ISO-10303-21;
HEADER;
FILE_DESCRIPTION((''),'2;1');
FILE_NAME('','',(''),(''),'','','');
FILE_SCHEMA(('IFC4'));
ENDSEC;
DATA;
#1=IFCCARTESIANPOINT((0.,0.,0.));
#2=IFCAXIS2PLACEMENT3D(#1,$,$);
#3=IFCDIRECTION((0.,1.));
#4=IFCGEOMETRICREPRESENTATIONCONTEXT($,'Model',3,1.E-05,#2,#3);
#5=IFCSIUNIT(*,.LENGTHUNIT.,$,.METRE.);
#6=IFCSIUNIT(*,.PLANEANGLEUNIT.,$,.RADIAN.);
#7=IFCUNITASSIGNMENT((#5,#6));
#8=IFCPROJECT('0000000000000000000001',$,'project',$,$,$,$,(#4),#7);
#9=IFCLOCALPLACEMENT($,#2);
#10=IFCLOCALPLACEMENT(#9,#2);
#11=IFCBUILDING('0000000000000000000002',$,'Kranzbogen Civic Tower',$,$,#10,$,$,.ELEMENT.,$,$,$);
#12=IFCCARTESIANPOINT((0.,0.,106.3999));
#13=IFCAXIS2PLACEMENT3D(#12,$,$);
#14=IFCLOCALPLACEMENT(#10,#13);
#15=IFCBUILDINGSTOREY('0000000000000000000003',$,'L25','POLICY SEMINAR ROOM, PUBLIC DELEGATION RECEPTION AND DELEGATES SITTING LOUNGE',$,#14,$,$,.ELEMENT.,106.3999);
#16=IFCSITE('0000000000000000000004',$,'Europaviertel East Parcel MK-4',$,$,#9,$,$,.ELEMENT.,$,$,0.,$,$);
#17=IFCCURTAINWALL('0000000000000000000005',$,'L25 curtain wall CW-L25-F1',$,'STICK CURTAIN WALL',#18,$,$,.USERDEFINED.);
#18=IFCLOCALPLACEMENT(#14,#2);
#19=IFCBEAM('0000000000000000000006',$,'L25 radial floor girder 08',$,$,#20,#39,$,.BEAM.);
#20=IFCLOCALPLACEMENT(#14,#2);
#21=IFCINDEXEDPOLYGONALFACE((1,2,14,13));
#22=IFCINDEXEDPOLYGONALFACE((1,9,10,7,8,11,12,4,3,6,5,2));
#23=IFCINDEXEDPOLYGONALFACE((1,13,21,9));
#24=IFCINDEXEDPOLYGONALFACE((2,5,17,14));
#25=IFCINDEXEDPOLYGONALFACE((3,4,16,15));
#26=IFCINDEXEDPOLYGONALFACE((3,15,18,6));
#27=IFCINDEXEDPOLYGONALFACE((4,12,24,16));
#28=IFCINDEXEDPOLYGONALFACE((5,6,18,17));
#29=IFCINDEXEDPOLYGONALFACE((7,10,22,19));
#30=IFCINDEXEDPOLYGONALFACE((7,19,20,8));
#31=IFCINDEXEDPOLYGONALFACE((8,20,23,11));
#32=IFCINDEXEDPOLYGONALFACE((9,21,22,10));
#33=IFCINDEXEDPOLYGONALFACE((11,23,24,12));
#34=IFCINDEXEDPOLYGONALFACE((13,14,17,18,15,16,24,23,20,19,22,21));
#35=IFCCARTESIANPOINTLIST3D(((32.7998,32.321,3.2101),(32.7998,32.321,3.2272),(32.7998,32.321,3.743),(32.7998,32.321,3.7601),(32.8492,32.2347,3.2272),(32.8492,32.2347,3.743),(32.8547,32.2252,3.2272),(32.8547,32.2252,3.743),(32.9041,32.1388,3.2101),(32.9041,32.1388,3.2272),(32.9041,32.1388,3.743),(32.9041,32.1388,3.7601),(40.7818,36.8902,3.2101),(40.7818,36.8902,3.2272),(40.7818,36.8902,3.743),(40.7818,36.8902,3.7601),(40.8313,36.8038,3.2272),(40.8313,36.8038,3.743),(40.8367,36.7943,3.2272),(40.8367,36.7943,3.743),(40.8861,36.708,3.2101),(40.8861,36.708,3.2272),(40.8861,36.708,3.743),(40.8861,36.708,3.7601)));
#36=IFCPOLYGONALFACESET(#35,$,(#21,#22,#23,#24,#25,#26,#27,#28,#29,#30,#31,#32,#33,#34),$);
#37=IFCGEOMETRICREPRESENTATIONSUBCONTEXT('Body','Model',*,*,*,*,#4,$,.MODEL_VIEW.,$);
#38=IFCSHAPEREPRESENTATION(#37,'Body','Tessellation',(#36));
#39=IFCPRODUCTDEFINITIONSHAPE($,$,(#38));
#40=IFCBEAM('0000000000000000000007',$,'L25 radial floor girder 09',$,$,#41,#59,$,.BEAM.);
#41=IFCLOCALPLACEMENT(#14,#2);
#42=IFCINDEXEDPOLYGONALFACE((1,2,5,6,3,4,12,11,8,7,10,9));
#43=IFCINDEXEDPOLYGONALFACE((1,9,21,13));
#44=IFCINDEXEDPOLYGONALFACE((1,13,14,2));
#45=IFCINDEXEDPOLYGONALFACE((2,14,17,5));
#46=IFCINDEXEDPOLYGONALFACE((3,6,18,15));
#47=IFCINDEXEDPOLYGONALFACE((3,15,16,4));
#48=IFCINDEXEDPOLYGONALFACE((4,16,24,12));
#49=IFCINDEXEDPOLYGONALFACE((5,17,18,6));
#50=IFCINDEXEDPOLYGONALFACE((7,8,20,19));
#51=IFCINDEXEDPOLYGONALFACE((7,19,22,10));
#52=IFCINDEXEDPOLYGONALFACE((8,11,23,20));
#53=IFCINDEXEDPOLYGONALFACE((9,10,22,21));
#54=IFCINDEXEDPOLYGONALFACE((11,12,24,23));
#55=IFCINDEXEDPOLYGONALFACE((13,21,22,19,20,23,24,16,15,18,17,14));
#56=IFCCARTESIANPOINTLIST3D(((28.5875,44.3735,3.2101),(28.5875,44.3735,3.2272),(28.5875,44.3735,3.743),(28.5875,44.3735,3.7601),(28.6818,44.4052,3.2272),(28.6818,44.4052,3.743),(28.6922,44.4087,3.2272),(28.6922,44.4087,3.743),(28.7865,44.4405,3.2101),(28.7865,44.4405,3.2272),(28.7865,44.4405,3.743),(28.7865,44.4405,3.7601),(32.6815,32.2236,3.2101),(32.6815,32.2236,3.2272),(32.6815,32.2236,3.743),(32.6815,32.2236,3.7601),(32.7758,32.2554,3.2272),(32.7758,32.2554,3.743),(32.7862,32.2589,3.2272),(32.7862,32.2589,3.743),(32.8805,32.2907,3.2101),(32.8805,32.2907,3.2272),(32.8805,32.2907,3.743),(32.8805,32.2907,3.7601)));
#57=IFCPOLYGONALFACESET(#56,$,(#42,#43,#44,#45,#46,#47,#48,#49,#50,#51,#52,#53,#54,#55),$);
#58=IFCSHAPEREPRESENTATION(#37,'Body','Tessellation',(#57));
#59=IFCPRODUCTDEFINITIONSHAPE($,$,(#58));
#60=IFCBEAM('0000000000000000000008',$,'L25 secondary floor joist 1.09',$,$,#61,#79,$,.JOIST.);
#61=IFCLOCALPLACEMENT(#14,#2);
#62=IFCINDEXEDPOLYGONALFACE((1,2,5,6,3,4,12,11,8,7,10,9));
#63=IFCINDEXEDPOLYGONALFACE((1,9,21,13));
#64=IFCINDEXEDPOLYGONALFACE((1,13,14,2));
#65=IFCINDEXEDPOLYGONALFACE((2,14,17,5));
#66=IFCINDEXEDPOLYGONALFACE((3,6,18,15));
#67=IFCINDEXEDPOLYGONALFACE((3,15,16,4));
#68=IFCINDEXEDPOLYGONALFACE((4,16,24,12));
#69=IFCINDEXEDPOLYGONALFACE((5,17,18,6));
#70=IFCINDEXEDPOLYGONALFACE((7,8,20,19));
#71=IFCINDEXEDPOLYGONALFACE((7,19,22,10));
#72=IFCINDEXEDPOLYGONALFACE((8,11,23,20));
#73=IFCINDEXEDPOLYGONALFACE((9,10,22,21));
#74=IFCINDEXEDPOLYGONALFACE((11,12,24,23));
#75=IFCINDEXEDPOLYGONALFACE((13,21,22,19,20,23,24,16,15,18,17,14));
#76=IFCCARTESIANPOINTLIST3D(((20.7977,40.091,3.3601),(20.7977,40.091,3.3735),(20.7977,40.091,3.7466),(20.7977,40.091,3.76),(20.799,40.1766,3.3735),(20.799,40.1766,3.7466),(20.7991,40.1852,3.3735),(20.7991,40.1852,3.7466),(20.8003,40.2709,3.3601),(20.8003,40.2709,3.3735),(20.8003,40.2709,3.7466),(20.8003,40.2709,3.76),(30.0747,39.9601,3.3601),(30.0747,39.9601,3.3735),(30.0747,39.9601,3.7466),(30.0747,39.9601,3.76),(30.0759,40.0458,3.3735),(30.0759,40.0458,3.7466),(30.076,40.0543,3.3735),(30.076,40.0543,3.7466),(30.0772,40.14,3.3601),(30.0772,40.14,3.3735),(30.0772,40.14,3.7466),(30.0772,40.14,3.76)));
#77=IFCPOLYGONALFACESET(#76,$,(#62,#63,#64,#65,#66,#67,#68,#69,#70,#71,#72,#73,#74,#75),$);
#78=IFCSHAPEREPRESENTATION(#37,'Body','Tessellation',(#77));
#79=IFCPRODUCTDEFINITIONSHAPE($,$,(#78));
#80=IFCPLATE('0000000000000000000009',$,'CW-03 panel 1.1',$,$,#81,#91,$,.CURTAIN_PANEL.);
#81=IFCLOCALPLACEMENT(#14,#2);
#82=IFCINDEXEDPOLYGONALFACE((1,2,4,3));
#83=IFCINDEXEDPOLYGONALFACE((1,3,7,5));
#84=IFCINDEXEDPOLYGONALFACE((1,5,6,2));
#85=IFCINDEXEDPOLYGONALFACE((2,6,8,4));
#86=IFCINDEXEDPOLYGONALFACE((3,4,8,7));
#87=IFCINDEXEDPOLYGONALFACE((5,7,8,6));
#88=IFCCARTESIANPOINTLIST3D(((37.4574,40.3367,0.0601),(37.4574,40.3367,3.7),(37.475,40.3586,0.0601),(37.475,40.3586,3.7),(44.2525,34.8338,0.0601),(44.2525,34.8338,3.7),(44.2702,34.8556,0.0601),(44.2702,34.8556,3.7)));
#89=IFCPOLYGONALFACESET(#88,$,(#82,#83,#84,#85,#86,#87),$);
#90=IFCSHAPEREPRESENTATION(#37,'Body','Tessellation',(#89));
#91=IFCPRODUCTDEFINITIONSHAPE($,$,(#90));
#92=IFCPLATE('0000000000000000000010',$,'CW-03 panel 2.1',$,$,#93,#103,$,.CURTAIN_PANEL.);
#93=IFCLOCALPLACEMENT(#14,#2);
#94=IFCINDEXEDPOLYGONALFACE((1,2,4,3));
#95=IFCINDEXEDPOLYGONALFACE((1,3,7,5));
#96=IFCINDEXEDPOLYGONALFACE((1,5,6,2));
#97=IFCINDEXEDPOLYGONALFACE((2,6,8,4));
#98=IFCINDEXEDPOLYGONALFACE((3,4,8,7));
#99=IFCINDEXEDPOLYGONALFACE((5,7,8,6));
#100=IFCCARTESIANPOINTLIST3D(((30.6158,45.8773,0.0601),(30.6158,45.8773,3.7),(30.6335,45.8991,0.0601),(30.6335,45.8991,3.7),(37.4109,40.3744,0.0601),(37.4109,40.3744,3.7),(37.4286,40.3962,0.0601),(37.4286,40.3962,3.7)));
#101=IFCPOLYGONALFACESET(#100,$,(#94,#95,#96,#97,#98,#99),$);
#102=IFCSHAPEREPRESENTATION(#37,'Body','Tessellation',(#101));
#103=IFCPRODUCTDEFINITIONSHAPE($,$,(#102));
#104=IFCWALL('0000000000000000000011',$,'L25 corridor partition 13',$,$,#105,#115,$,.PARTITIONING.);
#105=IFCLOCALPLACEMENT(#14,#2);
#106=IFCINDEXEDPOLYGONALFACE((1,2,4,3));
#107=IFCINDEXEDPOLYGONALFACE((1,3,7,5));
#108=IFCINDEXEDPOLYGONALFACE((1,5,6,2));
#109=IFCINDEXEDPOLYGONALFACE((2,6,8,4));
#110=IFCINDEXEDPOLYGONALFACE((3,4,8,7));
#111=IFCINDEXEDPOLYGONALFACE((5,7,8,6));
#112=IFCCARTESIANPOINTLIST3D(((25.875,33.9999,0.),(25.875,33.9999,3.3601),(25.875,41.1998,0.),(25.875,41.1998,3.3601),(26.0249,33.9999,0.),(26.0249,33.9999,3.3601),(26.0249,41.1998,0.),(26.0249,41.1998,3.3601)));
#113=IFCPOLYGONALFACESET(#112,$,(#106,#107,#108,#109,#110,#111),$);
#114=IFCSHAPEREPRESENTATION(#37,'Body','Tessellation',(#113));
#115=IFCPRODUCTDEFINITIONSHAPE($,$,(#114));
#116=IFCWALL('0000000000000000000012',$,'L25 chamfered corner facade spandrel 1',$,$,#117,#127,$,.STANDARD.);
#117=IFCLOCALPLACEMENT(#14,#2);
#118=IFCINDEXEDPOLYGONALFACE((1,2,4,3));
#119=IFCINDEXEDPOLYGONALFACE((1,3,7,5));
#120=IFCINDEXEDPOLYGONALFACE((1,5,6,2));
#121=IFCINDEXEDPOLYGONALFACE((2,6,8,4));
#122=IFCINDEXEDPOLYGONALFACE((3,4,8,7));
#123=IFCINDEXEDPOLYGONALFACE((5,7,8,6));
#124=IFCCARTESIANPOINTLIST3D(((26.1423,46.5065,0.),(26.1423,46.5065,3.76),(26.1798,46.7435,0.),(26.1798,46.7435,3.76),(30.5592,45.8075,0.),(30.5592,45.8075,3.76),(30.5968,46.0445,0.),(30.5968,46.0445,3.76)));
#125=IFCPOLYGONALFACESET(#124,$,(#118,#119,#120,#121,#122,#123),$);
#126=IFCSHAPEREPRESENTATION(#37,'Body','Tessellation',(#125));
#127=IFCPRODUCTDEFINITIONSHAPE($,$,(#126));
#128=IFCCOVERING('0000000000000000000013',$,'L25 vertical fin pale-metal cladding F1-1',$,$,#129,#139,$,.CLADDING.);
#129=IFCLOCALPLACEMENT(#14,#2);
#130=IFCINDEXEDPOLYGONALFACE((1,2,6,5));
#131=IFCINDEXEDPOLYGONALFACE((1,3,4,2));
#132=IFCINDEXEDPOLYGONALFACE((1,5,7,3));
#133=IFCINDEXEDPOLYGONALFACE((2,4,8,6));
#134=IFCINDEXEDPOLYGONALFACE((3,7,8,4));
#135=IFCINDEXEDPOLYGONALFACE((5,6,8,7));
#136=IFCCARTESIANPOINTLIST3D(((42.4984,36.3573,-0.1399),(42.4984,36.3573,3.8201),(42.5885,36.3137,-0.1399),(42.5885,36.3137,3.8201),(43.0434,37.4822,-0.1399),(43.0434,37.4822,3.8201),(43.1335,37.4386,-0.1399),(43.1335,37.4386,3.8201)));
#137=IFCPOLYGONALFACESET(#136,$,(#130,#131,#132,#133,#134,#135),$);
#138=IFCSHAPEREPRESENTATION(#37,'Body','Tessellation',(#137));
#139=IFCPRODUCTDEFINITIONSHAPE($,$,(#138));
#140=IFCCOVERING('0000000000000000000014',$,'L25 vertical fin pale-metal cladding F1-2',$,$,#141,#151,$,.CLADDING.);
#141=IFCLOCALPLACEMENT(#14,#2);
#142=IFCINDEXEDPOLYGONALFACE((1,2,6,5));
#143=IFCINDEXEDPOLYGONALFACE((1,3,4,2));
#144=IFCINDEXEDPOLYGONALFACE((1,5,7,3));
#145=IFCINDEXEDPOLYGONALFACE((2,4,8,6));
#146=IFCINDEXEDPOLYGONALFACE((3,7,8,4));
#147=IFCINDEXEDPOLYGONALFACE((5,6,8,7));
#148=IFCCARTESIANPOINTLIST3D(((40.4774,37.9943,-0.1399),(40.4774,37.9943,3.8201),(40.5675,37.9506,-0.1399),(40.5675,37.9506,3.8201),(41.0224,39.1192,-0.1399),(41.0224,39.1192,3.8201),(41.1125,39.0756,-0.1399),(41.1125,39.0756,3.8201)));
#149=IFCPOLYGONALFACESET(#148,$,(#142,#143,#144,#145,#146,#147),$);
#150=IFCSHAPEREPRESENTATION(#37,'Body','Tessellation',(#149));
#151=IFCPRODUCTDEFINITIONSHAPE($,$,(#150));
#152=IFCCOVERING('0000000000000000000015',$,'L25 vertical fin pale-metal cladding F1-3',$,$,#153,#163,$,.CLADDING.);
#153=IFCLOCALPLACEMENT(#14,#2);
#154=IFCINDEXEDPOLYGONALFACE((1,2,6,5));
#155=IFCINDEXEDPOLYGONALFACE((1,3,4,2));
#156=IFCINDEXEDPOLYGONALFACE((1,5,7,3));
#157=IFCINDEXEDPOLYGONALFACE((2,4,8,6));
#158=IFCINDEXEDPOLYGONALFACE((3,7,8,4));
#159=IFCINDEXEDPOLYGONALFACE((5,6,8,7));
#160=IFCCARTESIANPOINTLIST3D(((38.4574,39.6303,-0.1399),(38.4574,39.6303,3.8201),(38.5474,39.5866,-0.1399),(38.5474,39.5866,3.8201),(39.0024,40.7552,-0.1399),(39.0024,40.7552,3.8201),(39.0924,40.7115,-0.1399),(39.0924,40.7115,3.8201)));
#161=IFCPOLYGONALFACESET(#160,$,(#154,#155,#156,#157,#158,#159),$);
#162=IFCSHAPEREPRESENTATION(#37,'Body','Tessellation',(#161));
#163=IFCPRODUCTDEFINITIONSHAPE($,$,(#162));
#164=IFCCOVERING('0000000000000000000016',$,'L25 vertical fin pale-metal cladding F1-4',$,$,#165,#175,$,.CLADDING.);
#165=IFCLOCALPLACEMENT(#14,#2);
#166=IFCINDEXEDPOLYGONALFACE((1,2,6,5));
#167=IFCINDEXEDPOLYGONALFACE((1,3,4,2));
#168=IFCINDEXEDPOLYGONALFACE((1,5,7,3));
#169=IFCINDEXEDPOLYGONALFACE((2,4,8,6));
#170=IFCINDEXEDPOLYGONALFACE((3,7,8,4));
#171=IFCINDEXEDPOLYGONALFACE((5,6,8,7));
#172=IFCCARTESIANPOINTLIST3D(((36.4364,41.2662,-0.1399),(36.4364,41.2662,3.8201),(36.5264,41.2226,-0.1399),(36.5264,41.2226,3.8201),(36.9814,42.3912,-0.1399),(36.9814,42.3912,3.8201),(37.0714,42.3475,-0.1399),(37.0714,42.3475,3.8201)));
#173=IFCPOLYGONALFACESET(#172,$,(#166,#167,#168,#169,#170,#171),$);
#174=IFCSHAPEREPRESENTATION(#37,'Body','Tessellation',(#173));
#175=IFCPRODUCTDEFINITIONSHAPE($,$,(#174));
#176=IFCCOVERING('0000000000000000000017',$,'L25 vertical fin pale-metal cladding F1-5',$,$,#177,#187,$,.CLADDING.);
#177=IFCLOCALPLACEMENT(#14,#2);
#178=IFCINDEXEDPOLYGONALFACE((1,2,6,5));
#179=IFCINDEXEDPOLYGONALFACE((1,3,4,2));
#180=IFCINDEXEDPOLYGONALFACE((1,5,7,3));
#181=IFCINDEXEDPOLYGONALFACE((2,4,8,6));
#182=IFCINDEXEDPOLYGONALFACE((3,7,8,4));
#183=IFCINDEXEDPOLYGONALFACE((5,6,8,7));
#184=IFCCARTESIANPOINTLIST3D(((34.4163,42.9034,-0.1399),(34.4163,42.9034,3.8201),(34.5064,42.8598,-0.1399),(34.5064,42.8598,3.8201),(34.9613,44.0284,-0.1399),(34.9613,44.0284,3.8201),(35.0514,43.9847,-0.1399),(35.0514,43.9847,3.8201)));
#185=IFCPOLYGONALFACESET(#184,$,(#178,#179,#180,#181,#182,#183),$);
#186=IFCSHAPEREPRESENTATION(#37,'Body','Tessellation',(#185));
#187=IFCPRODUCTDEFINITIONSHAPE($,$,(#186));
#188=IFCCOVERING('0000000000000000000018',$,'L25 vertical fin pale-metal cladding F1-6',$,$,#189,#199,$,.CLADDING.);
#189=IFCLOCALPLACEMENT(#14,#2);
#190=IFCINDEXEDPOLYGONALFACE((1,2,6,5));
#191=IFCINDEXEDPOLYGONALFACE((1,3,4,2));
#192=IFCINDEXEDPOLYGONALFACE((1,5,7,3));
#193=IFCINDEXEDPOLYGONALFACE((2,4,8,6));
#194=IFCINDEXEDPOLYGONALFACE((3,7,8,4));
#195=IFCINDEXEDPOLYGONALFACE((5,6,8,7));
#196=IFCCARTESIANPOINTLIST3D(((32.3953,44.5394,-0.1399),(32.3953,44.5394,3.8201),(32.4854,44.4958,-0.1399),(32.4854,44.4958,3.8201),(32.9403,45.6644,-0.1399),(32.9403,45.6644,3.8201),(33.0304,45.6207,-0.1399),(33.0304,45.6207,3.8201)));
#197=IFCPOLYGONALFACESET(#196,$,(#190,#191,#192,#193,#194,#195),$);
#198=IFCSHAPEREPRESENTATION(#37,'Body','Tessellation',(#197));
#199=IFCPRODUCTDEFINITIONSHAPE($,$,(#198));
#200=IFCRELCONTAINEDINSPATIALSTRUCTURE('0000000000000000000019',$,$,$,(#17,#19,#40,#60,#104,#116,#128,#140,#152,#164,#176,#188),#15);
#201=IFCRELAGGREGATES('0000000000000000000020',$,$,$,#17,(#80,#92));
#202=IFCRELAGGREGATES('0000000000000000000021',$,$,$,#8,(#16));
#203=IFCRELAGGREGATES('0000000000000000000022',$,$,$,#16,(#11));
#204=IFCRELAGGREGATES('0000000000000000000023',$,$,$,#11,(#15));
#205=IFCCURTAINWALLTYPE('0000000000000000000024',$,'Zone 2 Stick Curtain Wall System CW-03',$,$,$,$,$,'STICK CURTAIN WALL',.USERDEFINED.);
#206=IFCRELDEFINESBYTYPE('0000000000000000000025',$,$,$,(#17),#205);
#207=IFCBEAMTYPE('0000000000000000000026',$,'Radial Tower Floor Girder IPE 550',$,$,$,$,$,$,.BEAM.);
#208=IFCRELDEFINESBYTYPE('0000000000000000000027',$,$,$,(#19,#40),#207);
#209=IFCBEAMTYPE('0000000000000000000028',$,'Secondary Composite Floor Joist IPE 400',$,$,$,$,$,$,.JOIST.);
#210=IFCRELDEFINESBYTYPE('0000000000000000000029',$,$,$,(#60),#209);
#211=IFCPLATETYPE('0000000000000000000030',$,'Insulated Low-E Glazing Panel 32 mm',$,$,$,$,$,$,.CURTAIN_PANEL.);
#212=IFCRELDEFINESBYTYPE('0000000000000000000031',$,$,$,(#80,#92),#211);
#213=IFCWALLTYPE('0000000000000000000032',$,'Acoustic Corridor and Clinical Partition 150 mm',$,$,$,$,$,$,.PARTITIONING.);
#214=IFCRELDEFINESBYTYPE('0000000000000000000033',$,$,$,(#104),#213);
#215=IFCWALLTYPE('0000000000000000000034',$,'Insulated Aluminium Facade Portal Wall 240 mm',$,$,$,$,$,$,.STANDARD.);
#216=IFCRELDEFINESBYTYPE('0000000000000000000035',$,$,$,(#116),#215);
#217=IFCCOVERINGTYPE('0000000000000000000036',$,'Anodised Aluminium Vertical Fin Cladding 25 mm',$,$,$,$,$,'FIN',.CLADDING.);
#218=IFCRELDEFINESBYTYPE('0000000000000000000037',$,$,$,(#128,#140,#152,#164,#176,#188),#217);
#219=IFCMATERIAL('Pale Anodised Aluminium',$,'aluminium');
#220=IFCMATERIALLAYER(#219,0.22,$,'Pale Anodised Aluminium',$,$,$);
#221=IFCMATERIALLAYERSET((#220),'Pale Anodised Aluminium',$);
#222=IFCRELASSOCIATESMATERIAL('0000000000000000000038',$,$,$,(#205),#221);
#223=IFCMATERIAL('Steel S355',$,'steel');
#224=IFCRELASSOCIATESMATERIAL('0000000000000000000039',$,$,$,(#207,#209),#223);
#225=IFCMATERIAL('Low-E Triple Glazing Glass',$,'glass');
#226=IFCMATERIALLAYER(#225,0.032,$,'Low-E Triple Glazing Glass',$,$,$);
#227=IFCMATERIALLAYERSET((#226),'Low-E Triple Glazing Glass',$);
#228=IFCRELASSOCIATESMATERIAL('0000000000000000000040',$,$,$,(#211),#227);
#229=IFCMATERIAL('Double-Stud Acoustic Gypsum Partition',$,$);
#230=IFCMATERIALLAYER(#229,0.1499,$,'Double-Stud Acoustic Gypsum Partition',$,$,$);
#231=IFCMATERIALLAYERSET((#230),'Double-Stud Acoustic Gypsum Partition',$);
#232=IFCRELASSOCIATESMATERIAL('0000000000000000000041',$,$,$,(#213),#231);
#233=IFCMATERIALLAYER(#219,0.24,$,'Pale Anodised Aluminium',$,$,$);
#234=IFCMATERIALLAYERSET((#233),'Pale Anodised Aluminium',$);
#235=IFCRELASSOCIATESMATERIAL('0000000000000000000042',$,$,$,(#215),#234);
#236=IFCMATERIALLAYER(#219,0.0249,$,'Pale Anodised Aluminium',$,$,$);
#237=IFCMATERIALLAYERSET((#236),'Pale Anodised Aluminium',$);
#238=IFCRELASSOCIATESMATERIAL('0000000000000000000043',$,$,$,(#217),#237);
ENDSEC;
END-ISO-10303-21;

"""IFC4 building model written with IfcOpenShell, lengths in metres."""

from ifc_helpers import new_model, si_unit, direction, frame, frame_2d, origin, origin_2d, place, context, subcontext, project, spatial, rectangle, i_section, extrude, material, layer, layer_set, material_profile, profile_set, type_object, element, aggregate, save


model = new_model("IFC4")

# Units and contexts
model_context = context("Model", 3, precision=1e-05, world=origin(), true_north=direction((0.0, 1.0)))
body_context = subcontext(model_context, "Body", "Model", "MODEL_VIEW")
ifc_project = project(units=[si_unit("LENGTHUNIT", "METRE"), si_unit("PLANEANGLEUNIT", "RADIAN")], contexts=[model_context])

# Site, building, storey
site_placement = place(None, origin())
site = spatial("IfcSite", under=ifc_project, at=site_placement, Name="Europaviertel East Parcel MK-4", CompositionType="ELEMENT", RefElevation=0.0)
building_placement = place(site_placement, origin())
building = spatial("IfcBuilding", under=site, at=building_placement, Name="Kranzbogen Civic Tower", CompositionType="ELEMENT")
storey_placement = place(building_placement, frame((0.0, 0.0, 106.3999)))
storey = spatial("IfcBuildingStorey", under=building, at=storey_placement, Name="L25", Description="POLICY SEMINAR ROOM, PUBLIC DELEGATION RECEPTION AND DELEGATES SITTING LOUNGE", CompositionType="ELEMENT", Elevation=106.3999)

# Curtain wall
ifc_material_1 = material(Name="Pale Anodised Aluminium", Category="aluminium")
ifc_layer_1 = layer(ifc_material_1, 0.22, Name="Pale Anodised Aluminium")
ifc_layer_set_1 = layer_set([ifc_layer_1], Name="Pale Anodised Aluminium")
curtain_wall_type = type_object("IfcCurtainWallType", Name="Zone 2 Stick Curtain Wall System CW-03", ElementType="STICK CURTAIN WALL", PredefinedType="USERDEFINED", material=ifc_layer_set_1)
curtain_wall_1_placement = place(storey_placement, origin())
curtain_wall_1 = element("IfcCurtainWall", 1, at=curtain_wall_1_placement, inside=storey, type_object=curtain_wall_type, Name="L25 curtain wall CW-L25-F1", ObjectType="STICK CURTAIN WALL", PredefinedType="USERDEFINED")

# Beams
ifc_material_2 = material(Name="Steel S355", Category="steel")
ifc_material_profile_1 = material_profile(ifc_material_2, i_section(OverallWidth=0.21, OverallDepth=0.55, WebThickness=0.011, FlangeThickness=0.0171, at=origin_2d()), Name="IPE 550")
ifc_profile_set_1 = profile_set([ifc_material_profile_1], Name="Steel S355")
beam_type_1 = type_object("IfcBeamType", Name="Radial Tower Floor Girder IPE 550", PredefinedType="BEAM", material=ifc_profile_set_1)
beam_1_placement = place(storey_placement, frame((40.834, 36.7991, 3.4851), z_axis=(-0.867869, -0.496793, 0.0), x_axis=(0.496793, -0.867869, 0.0)))
element("IfcBeam", 2, at=beam_1_placement, inside=storey, type_object=beam_type_1, Name="L25 radial floor girder 08", PredefinedType="BEAM", context=body_context, shape_type="SweptSolid", body=[
    extrude(i_section(OverallWidth=0.21, OverallDepth=0.55, WebThickness=0.011, FlangeThickness=0.0171, at=origin_2d()), origin(), (0.0, 0.0, 1.0), 9.1973),
])
beam_2_placement = place(storey_placement, frame((28.687, 44.407, 3.4851), z_axis=(0.319317, -0.947648, 0.0), x_axis=(0.947648, 0.319317, 0.0)))
element("IfcBeam", 3, at=beam_2_placement, inside=storey, type_object=beam_type_1, Name="L25 radial floor girder 09", PredefinedType="BEAM", context=body_context, shape_type="SweptSolid", body=[
    extrude(i_section(OverallWidth=0.21, OverallDepth=0.55, WebThickness=0.011, FlangeThickness=0.0171, at=origin_2d()), origin(), (0.0, 0.0, 1.0), 12.821),
])
ifc_material_profile_2 = material_profile(ifc_material_2, i_section(OverallWidth=0.1799, OverallDepth=0.3999, WebThickness=0.0085, FlangeThickness=0.0134, at=origin_2d()), Name="IPE 400")
ifc_profile_set_2 = profile_set([ifc_material_profile_2], Name="Steel S355")
beam_type_2 = type_object("IfcBeamType", Name="Secondary Composite Floor Joist IPE 400", PredefinedType="JOIST", material=ifc_profile_set_2)
beam_3_placement = place(storey_placement, frame((30.0759, 40.05, 3.5601), z_axis=(-0.999901, 0.014105, 0.0), x_axis=(-0.014105, -0.999901, 0.0)))
element("IfcBeam", 4, at=beam_3_placement, inside=storey, type_object=beam_type_2, Name="L25 secondary floor joist 1.09", PredefinedType="JOIST", context=body_context, shape_type="SweptSolid", body=[
    extrude(i_section(OverallWidth=0.1799, OverallDepth=0.3999, WebThickness=0.0085, FlangeThickness=0.0134, at=origin_2d()), origin(), (0.0, 0.0, 1.0), 9.2778),
])

# Plates
ifc_material_3 = material(Name="Low-E Triple Glazing Glass", Category="glass")
ifc_layer_2 = layer(ifc_material_3, 0.032, Name="Low-E Triple Glazing Glass")
ifc_layer_set_2 = layer_set([ifc_layer_2], Name="Low-E Triple Glazing Glass")
plate_type = type_object("IfcPlateType", Name="Insulated Low-E Glazing Panel 32 mm", PredefinedType="CURTAIN_PANEL", material=ifc_layer_set_2)
plate_1_placement = place(storey_placement, frame((40.8638, 37.5962, 0.0601), z_axis=(0.0, 0.0, 1.0), x_axis=(-0.777128, 0.629343, 0.0)))
plate_1 = element("IfcPlate", 5, at=plate_1_placement, type_object=plate_type, Name="CW-03 panel 1.1", PredefinedType="CURTAIN_PANEL", context=body_context, shape_type="SweptSolid", body=[
    extrude(rectangle(XDim=8.7439, YDim=0.0281, at=origin_2d()), origin(), (0.0, 0.0, 1.0), 3.6399),
])
plate_2_placement = place(storey_placement, frame((34.0222, 43.1367, 0.0601), z_axis=(0.0, 0.0, 1.0), x_axis=(-0.777128, 0.629343, 0.0)))
plate_2 = element("IfcPlate", 6, at=plate_2_placement, type_object=plate_type, Name="CW-03 panel 2.1", PredefinedType="CURTAIN_PANEL", context=body_context, shape_type="SweptSolid", body=[
    extrude(rectangle(XDim=8.7439, YDim=0.0281, at=origin_2d()), origin(), (0.0, 0.0, 1.0), 3.6399),
])
aggregate(curtain_wall_1, [plate_1, plate_2])

# Walls
ifc_material_4 = material(Name="Double-Stud Acoustic Gypsum Partition")
ifc_layer_3 = layer(ifc_material_4, 0.1499, Name="Double-Stud Acoustic Gypsum Partition")
ifc_layer_set_3 = layer_set([ifc_layer_3], Name="Double-Stud Acoustic Gypsum Partition")
wall_type_1 = type_object("IfcWallType", Name="Acoustic Corridor and Clinical Partition 150 mm", PredefinedType="PARTITIONING", material=ifc_layer_set_3)
wall_1_placement = place(storey_placement, frame((25.95, 41.2, 0.0), z_axis=(0.0, 0.0, 1.0), x_axis=(0.0, -1.0, 0.0)))
element("IfcWall", 7, at=wall_1_placement, inside=storey, type_object=wall_type_1, Name="L25 corridor partition 13", PredefinedType="PARTITIONING", context=body_context, shape_type="SweptSolid", body=[
    extrude(rectangle(XDim=7.2, YDim=0.1499, at=frame_2d((3.6001, 0.0))), origin(), (0.0, 0.0, 1.0), 3.3601),
])
ifc_layer_4 = layer(ifc_material_1, 0.24, Name="Pale Anodised Aluminium")
ifc_layer_set_4 = layer_set([ifc_layer_4], Name="Pale Anodised Aluminium")
wall_type_2 = type_object("IfcWallType", Name="Insulated Aluminium Facade Portal Wall 240 mm", PredefinedType="STANDARD", material=ifc_layer_set_4)
wall_2_placement = place(storey_placement, frame((30.5779, 45.926, 0.0), z_axis=(0.0, 0.0, 1.0), x_axis=(-0.987709, 0.156302, 0.0)))
element("IfcWall", 8, at=wall_2_placement, inside=storey, type_object=wall_type_2, Name="L25 chamfered corner facade spandrel 1", PredefinedType="STANDARD", context=body_context, shape_type="SweptSolid", body=[
    extrude(rectangle(XDim=4.4719, YDim=0.24, at=frame_2d((2.2358, 0.0))), origin(), (0.0, 0.0, 1.0), 3.76),
])

# Coverings
ifc_layer_5 = layer(ifc_material_1, 0.0249, Name="Pale Anodised Aluminium")
ifc_layer_set_5 = layer_set([ifc_layer_5], Name="Pale Anodised Aluminium")
covering_type = type_object("IfcCoveringType", Name="Anodised Aluminium Vertical Fin Cladding 25 mm", ElementType="FIN", PredefinedType="CLADDING", material=ifc_layer_set_5)
for number, where, z_axis, x_axis, name in (
    (9, (42.8159, 36.8979, -0.1399), (0.0, 0.0, 1.0), (0.436001, 0.899946, 0.0), "L25 vertical fin pale-metal cladding F1-1"),
    (10, (40.7949, 38.5349, -0.1399), (0.0, 0.0, 1.0), (0.436001, 0.899946, 0.0), "L25 vertical fin pale-metal cladding F1-2"),
    (11, (38.7749, 40.1709, -0.1399), (0.0, 0.0, 1.0), (0.436001, 0.899946, 0.0), "L25 vertical fin pale-metal cladding F1-3"),
    (12, (36.7539, 41.8069, -0.1399), (0.0, 0.0, 1.0), (0.436001, 0.899946, 0.0), "L25 vertical fin pale-metal cladding F1-4"),
    (13, (34.7339, 43.4441, -0.1399), (0.0, 0.0, 1.0), (0.436001, 0.899946, 0.0), "L25 vertical fin pale-metal cladding F1-5"),
    (14, (32.7129, 45.0801, -0.1399), (0.0, 0.0, 1.0), (0.436001, 0.899946, 0.0), "L25 vertical fin pale-metal cladding F1-6"),
):
    element("IfcCovering", number, at=place(storey_placement, frame(where, z_axis=z_axis, x_axis=x_axis)), inside=storey, type_object=covering_type, Name=name, PredefinedType="CLADDING", context=body_context, shape_type="SweptSolid", body=[
        extrude(rectangle(XDim=1.25, YDim=0.1001, at=origin_2d()), origin(), (0.0, 0.0, 1.0), 3.96),
    ])

save(model, "model.ifc")
